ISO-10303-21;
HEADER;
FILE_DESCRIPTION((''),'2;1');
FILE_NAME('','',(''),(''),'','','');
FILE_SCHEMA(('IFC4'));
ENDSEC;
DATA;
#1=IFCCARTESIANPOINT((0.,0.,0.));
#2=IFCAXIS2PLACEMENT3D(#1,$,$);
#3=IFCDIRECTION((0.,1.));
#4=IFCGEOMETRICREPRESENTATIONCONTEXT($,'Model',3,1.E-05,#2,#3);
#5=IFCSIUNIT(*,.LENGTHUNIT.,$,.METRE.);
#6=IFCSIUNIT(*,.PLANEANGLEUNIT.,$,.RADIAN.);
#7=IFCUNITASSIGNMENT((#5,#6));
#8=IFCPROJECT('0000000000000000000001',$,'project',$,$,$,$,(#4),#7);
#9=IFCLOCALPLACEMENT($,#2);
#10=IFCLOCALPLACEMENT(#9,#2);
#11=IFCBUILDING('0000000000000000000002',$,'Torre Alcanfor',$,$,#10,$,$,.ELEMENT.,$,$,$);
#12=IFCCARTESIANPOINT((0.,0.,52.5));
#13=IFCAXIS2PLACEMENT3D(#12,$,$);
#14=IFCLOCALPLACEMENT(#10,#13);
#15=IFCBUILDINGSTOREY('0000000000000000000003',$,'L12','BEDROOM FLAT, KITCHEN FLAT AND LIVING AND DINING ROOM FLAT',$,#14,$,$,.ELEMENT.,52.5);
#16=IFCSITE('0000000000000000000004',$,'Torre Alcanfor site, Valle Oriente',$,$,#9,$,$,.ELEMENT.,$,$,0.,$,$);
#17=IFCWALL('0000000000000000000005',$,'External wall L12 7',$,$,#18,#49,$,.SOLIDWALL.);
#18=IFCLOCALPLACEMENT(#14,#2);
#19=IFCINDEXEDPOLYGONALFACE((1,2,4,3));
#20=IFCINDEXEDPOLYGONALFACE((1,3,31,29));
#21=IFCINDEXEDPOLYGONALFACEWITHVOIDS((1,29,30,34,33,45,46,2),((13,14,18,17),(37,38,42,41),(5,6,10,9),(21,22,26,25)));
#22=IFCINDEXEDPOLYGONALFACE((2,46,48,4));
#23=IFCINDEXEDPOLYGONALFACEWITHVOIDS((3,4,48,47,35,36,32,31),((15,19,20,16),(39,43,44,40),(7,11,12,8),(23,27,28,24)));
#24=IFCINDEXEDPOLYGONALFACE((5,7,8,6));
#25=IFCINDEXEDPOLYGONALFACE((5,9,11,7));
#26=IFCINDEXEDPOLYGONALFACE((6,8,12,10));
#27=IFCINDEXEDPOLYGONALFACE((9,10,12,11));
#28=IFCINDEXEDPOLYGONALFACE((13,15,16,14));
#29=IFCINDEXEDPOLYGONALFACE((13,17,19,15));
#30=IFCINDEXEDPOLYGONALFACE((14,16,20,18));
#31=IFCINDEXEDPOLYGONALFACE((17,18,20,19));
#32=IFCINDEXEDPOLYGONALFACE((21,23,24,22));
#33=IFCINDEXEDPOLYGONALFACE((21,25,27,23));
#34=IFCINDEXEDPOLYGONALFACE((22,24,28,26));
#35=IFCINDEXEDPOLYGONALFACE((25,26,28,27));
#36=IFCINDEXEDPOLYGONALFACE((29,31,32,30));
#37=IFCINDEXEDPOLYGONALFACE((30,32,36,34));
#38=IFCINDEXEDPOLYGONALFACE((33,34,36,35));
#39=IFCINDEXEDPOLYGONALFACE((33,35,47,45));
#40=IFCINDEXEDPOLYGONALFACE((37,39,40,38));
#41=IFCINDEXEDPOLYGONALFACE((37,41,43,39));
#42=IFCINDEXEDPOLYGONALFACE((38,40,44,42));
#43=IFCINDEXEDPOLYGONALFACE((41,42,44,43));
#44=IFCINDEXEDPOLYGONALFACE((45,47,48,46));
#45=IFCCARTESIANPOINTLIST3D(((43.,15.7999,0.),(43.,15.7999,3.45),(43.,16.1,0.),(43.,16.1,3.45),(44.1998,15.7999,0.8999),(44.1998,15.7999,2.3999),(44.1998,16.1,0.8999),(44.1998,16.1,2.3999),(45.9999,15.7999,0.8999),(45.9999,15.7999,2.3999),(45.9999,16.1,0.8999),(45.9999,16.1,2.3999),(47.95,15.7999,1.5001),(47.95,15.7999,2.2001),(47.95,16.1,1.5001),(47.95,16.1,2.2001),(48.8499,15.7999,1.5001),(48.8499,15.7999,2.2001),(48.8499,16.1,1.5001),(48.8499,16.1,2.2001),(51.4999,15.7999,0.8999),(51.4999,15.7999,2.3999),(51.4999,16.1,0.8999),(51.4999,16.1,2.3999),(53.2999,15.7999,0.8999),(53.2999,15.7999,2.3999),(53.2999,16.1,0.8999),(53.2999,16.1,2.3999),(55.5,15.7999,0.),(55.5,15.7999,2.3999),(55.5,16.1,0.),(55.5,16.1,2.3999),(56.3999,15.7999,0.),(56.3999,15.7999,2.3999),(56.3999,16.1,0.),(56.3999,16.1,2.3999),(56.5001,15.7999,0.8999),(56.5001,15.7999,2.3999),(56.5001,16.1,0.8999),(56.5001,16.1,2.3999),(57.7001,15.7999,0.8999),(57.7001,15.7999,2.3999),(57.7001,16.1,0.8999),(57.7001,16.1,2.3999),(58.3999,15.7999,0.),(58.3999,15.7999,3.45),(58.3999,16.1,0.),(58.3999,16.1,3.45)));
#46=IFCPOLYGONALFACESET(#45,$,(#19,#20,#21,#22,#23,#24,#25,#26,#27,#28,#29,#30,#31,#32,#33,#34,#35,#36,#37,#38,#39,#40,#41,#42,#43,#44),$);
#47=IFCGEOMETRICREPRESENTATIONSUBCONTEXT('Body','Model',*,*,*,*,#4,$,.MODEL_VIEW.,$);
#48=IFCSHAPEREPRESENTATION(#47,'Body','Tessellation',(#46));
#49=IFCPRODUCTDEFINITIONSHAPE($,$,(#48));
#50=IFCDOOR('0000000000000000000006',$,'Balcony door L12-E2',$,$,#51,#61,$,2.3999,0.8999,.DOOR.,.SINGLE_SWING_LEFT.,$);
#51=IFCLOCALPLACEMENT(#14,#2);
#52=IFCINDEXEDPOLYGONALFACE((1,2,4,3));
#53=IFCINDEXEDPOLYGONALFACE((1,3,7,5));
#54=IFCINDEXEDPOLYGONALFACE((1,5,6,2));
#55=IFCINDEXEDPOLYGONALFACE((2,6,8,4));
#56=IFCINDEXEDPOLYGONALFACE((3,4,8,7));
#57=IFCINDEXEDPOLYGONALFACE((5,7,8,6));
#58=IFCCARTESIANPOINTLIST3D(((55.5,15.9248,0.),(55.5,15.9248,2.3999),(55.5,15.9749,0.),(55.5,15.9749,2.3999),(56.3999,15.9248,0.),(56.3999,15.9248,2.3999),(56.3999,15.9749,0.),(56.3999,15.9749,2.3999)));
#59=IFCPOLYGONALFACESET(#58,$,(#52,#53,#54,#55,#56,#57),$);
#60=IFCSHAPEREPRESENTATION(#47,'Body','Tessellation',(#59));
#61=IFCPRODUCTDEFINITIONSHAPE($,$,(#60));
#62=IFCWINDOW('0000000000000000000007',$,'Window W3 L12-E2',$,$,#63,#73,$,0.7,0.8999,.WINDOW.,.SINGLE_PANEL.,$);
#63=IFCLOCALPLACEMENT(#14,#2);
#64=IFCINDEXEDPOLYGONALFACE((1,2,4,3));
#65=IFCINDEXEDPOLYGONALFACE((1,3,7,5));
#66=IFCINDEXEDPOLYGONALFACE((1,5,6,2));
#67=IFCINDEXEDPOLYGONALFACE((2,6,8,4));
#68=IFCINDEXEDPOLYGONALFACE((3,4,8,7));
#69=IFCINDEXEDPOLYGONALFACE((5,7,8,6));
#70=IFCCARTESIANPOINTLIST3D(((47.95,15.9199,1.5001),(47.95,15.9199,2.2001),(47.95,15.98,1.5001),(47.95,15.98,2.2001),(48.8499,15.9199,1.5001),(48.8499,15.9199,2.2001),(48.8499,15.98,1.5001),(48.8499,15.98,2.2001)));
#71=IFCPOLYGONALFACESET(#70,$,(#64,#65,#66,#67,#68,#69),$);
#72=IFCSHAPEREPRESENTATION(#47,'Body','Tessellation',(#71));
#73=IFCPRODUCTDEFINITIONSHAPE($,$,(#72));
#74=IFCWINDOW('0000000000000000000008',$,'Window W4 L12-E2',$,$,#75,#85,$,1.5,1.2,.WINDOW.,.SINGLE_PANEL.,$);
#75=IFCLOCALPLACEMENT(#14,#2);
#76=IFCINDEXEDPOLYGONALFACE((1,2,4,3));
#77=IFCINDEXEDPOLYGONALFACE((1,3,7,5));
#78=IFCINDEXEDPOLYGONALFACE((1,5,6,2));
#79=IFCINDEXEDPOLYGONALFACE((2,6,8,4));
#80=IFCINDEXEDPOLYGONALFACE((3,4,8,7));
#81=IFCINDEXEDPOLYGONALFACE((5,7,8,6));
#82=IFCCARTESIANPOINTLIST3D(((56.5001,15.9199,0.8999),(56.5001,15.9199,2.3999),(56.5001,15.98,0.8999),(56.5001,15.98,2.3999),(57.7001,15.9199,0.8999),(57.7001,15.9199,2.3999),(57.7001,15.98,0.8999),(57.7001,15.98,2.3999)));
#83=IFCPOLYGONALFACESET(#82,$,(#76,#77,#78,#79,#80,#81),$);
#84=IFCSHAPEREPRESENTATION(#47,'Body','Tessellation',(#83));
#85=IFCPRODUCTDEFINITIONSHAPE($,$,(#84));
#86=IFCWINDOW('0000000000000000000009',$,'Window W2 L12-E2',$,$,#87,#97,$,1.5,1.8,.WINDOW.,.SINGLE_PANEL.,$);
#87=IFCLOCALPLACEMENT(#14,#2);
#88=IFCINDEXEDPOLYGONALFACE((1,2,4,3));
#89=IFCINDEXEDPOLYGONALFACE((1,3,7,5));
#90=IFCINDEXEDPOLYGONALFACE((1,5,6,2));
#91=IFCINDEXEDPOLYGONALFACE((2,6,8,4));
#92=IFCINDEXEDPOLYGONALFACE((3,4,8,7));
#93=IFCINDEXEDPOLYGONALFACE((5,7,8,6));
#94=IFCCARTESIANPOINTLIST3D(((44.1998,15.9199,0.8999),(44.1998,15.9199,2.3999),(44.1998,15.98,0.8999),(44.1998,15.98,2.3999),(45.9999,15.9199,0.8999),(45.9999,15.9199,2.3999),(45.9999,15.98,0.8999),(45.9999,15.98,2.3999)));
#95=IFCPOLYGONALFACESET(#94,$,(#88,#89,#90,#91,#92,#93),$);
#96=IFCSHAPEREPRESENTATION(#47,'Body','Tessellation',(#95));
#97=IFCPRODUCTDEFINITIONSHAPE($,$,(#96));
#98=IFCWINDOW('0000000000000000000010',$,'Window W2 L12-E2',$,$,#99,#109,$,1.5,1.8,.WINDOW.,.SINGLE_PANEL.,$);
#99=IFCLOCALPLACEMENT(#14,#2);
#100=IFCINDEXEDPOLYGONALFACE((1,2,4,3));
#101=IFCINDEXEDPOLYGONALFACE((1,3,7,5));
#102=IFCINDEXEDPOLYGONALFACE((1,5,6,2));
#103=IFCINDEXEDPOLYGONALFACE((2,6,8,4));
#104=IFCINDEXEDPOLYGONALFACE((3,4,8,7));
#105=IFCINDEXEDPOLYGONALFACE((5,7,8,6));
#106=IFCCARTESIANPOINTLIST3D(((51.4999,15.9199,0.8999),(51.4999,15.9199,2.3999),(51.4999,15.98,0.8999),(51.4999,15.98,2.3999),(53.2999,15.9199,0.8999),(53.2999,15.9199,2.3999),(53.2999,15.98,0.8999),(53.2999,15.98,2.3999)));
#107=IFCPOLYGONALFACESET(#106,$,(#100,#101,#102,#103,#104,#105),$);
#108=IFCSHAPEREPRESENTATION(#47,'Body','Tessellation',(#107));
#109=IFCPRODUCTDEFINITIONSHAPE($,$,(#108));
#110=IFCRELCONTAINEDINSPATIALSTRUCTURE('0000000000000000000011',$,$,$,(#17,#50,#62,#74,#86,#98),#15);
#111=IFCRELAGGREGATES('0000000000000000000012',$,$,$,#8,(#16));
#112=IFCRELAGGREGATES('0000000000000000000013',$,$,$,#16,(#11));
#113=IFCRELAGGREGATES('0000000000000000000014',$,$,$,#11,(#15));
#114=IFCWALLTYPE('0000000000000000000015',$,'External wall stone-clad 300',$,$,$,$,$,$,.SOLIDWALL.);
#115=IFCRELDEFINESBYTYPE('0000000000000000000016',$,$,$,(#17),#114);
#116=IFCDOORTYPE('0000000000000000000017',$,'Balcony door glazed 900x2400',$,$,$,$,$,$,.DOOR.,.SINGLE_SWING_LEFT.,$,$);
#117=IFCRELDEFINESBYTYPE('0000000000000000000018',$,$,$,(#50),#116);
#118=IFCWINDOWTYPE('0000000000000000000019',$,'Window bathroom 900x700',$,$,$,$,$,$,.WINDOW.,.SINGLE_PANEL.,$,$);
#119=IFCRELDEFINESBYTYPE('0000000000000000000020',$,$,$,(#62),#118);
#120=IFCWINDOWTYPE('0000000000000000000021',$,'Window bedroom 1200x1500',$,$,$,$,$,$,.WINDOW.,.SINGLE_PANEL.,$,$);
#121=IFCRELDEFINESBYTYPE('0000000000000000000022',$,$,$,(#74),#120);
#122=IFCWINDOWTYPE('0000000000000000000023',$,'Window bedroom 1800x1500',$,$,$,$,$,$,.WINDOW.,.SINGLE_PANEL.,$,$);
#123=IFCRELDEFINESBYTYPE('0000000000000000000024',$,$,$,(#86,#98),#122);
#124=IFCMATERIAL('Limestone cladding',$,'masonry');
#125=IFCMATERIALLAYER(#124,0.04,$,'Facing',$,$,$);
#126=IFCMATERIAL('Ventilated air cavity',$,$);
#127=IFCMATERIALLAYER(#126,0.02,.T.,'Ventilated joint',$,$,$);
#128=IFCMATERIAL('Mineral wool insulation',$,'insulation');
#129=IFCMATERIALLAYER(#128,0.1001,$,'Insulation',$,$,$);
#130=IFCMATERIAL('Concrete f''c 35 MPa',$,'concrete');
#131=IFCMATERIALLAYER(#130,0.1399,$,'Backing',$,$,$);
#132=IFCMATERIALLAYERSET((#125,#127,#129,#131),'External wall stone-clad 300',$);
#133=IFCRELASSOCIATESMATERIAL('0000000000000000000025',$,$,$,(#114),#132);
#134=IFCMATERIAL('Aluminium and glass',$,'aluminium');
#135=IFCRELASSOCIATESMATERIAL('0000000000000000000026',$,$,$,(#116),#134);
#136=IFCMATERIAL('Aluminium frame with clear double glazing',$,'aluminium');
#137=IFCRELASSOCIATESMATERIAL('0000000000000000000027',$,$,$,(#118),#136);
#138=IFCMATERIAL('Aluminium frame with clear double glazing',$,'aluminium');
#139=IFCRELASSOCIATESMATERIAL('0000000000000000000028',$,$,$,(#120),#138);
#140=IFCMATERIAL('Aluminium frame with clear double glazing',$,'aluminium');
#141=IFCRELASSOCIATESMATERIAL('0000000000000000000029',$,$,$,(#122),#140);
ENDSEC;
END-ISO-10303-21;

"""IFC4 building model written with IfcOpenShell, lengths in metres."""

from ifc_helpers import new_model, si_unit, direction, frame, frame_2d, origin, place, context, subcontext, project, spatial, rectangle, extrude, material, layer, layer_set, type_object, element, fill, save


model = new_model("IFC4")

# Units and contexts
model_context = context("Model", 3, precision=1e-05, world=origin(), true_north=direction((0.0, 1.0)))
body_context = subcontext(model_context, "Body", "Model", "MODEL_VIEW")
ifc_project = project(units=[si_unit("LENGTHUNIT", "METRE"), si_unit("PLANEANGLEUNIT", "RADIAN")], contexts=[model_context])

# Site, building, storey
site_placement = place(None, origin())
site = spatial("IfcSite", under=ifc_project, at=site_placement, Name="Torre Alcanfor site, Valle Oriente", CompositionType="ELEMENT", RefElevation=0.0)
building_placement = place(site_placement, origin())
building = spatial("IfcBuilding", under=site, at=building_placement, Name="Torre Alcanfor", CompositionType="ELEMENT")
storey_placement = place(building_placement, frame((0.0, 0.0, 52.5)))
storey = spatial("IfcBuildingStorey", under=building, at=storey_placement, Name="L12", Description="BEDROOM FLAT, KITCHEN FLAT AND LIVING AND DINING ROOM FLAT", CompositionType="ELEMENT", Elevation=52.5)

# Wall, openings, door, windows
ifc_material_1 = material(Name="Limestone cladding", Category="masonry")
ifc_layer_1 = layer(ifc_material_1, 0.04, Name="Facing")
ifc_material_2 = material(Name="Ventilated air cavity")
ifc_layer_2 = layer(ifc_material_2, 0.02, ventilated=True, Name="Ventilated joint")
ifc_material_3 = material(Name="Mineral wool insulation", Category="insulation")
ifc_layer_3 = layer(ifc_material_3, 0.1001, Name="Insulation")
ifc_material_4 = material(Name="Concrete f'c 35 MPa", Category="concrete")
ifc_layer_4 = layer(ifc_material_4, 0.1399, Name="Backing")
ifc_layer_set_1 = layer_set([ifc_layer_1, ifc_layer_2, ifc_layer_3, ifc_layer_4], Name="External wall stone-clad 300")
wall_type_1 = type_object("IfcWallType", Name="External wall stone-clad 300", PredefinedType="SOLIDWALL", material=ifc_layer_set_1)
ifc_material_5 = material(Name="Aluminium and glass", Category="aluminium")
door_type = type_object("IfcDoorType", Name="Balcony door glazed 900x2400", OperationType="SINGLE_SWING_LEFT", PredefinedType="DOOR", material=ifc_material_5)
ifc_material_6 = material(Name="Aluminium frame with clear double glazing", Category="aluminium")
window_type_1 = type_object("IfcWindowType", Name="Window bathroom 900x700", PartitioningType="SINGLE_PANEL", PredefinedType="WINDOW", material=ifc_material_6)
ifc_material_7 = material(Name="Aluminium frame with clear double glazing", Category="aluminium")
window_type_2 = type_object("IfcWindowType", Name="Window bedroom 1200x1500", PartitioningType="SINGLE_PANEL", PredefinedType="WINDOW", material=ifc_material_7)
ifc_material_8 = material(Name="Aluminium frame with clear double glazing", Category="aluminium")
window_type_3 = type_object("IfcWindowType", Name="Window bedroom 1800x1500", PartitioningType="SINGLE_PANEL", PredefinedType="WINDOW", material=ifc_material_8)
wall_1_placement = place(storey_placement, frame((43.0, 15.95, 0.0), z_axis=(0.0, 0.0, 1.0), x_axis=(1.0, 0.0, 0.0)))
wall_1 = element("IfcWall", 1, at=wall_1_placement, inside=storey, type_object=wall_type_1, Name="External wall L12 7", PredefinedType="SOLIDWALL", context=body_context, shape_type="SweptSolid", body=[
    extrude(rectangle(XDim=15.3999, YDim=0.3, at=frame_2d((7.7, 0.0))), origin(), (0.0, 0.0, 1.0), 3.45),
])
opening_1_placement = place(wall_1_placement, frame((1.2, 0.0, 0.8999)))
opening_1 = element("IfcOpeningElement", 2, at=opening_1_placement, cuts=wall_1, PredefinedType="OPENING", context=body_context, shape_type="SweptSolid", body=[
    extrude(rectangle(XDim=1.8, YDim=1.5, at=frame_2d((0.8999, 0.75))), frame((0.0, 0.1599, 0.0), z_axis=(0.0, -1.0, 0.0), x_axis=(1.0, 0.0, 0.0)), (0.0, 0.0, 1.0), 0.3201),
])
opening_2_placement = place(wall_1_placement, frame((4.95, 0.0, 1.5)))
opening_2 = element("IfcOpeningElement", 3, at=opening_2_placement, cuts=wall_1, PredefinedType="OPENING", context=body_context, shape_type="SweptSolid", body=[
    extrude(rectangle(XDim=0.8999, YDim=0.7, at=frame_2d((0.45, 0.3501))), frame((0.0, 0.1599, 0.0), z_axis=(0.0, -1.0, 0.0), x_axis=(1.0, 0.0, 0.0)), (0.0, 0.0, 1.0), 0.3201),
])
opening_3_placement = place(wall_1_placement, frame((8.5, 0.0, 0.8999)))
opening_3 = element("IfcOpeningElement", 4, at=opening_3_placement, cuts=wall_1, PredefinedType="OPENING", context=body_context, shape_type="SweptSolid", body=[
    extrude(rectangle(XDim=1.8, YDim=1.5, at=frame_2d((0.8999, 0.75))), frame((0.0, 0.1599, 0.0), z_axis=(0.0, -1.0, 0.0), x_axis=(1.0, 0.0, 0.0)), (0.0, 0.0, 1.0), 0.3201),
])
opening_4_placement = place(wall_1_placement, frame((12.5, 0.0, 0.0)))
opening_4 = element("IfcOpeningElement", 5, at=opening_4_placement, cuts=wall_1, PredefinedType="OPENING", context=body_context, shape_type="SweptSolid", body=[
    extrude(rectangle(XDim=0.8999, YDim=2.3999, at=frame_2d((0.45, 1.2))), frame((0.0, 0.1599, 0.0), z_axis=(0.0, -1.0, 0.0), x_axis=(1.0, 0.0, 0.0)), (0.0, 0.0, 1.0), 0.3201),
])
opening_5_placement = place(wall_1_placement, frame((13.5, 0.0, 0.8999)))
opening_5 = element("IfcOpeningElement", 6, at=opening_5_placement, cuts=wall_1, PredefinedType="OPENING", context=body_context, shape_type="SweptSolid", body=[
    extrude(rectangle(XDim=1.2, YDim=1.5, at=frame_2d((0.6001, 0.75))), frame((0.0, 0.1599, 0.0), z_axis=(0.0, -1.0, 0.0), x_axis=(1.0, 0.0, 0.0)), (0.0, 0.0, 1.0), 0.3201),
])
door_1_placement = place(opening_4_placement, origin())
door_1 = element("IfcDoor", 7, at=door_1_placement, inside=storey, type_object=door_type, Name="Balcony door L12-E2", OperationType="SINGLE_SWING_LEFT", OverallHeight=2.3999, OverallWidth=0.8999, PredefinedType="DOOR", context=body_context, shape_type="SweptSolid", body=[
    extrude(rectangle(XDim=0.8999, YDim=2.3999, at=frame_2d((0.45, 1.2))), frame((0.0, 0.0249, 0.0), z_axis=(0.0, -1.0, 0.0), x_axis=(1.0, 0.0, 0.0)), (0.0, 0.0, 1.0), 0.05),
])
fill(opening_4, door_1)
window_1_placement = place(opening_2_placement, origin())
window_1 = element("IfcWindow", 8, at=window_1_placement, inside=storey, type_object=window_type_1, Name="Window W3 L12-E2", OverallHeight=0.7, OverallWidth=0.8999, PartitioningType="SINGLE_PANEL", PredefinedType="WINDOW", context=body_context, shape_type="SweptSolid", body=[
    extrude(rectangle(XDim=0.8999, YDim=0.7, at=frame_2d((0.45, 0.3501))), frame((0.0, 0.03, 0.0), z_axis=(0.0, -1.0, 0.0), x_axis=(1.0, 0.0, 0.0)), (0.0, 0.0, 1.0), 0.0601),
])
fill(opening_2, window_1)
window_2_placement = place(opening_5_placement, origin())
window_2 = element("IfcWindow", 9, at=window_2_placement, inside=storey, type_object=window_type_2, Name="Window W4 L12-E2", OverallHeight=1.5, OverallWidth=1.2, PartitioningType="SINGLE_PANEL", PredefinedType="WINDOW", context=body_context, shape_type="SweptSolid", body=[
    extrude(rectangle(XDim=1.2, YDim=1.5, at=frame_2d((0.6001, 0.75))), frame((0.0, 0.03, 0.0), z_axis=(0.0, -1.0, 0.0), x_axis=(1.0, 0.0, 0.0)), (0.0, 0.0, 1.0), 0.0601),
])
fill(opening_5, window_2)
window_3_placement = place(opening_1_placement, origin())
window_3 = element("IfcWindow", 10, at=window_3_placement, inside=storey, type_object=window_type_3, Name="Window W2 L12-E2", OverallHeight=1.5, OverallWidth=1.8, PartitioningType="SINGLE_PANEL", PredefinedType="WINDOW", context=body_context, shape_type="SweptSolid", body=[
    extrude(rectangle(XDim=1.8, YDim=1.5, at=frame_2d((0.8999, 0.75))), frame((0.0, 0.03, 0.0), z_axis=(0.0, -1.0, 0.0), x_axis=(1.0, 0.0, 0.0)), (0.0, 0.0, 1.0), 0.0601),
])
fill(opening_1, window_3)
window_4_placement = place(opening_3_placement, origin())
window_4 = element("IfcWindow", 11, at=window_4_placement, inside=storey, type_object=window_type_3, Name="Window W2 L12-E2", OverallHeight=1.5, OverallWidth=1.8, PartitioningType="SINGLE_PANEL", PredefinedType="WINDOW", context=body_context, shape_type="SweptSolid", body=[
    extrude(rectangle(XDim=1.8, YDim=1.5, at=frame_2d((0.8999, 0.75))), frame((0.0, 0.03, 0.0), z_axis=(0.0, -1.0, 0.0), x_axis=(1.0, 0.0, 0.0)), (0.0, 0.0, 1.0), 0.0601),
])
fill(opening_3, window_4)

save(model, "model.ifc")
